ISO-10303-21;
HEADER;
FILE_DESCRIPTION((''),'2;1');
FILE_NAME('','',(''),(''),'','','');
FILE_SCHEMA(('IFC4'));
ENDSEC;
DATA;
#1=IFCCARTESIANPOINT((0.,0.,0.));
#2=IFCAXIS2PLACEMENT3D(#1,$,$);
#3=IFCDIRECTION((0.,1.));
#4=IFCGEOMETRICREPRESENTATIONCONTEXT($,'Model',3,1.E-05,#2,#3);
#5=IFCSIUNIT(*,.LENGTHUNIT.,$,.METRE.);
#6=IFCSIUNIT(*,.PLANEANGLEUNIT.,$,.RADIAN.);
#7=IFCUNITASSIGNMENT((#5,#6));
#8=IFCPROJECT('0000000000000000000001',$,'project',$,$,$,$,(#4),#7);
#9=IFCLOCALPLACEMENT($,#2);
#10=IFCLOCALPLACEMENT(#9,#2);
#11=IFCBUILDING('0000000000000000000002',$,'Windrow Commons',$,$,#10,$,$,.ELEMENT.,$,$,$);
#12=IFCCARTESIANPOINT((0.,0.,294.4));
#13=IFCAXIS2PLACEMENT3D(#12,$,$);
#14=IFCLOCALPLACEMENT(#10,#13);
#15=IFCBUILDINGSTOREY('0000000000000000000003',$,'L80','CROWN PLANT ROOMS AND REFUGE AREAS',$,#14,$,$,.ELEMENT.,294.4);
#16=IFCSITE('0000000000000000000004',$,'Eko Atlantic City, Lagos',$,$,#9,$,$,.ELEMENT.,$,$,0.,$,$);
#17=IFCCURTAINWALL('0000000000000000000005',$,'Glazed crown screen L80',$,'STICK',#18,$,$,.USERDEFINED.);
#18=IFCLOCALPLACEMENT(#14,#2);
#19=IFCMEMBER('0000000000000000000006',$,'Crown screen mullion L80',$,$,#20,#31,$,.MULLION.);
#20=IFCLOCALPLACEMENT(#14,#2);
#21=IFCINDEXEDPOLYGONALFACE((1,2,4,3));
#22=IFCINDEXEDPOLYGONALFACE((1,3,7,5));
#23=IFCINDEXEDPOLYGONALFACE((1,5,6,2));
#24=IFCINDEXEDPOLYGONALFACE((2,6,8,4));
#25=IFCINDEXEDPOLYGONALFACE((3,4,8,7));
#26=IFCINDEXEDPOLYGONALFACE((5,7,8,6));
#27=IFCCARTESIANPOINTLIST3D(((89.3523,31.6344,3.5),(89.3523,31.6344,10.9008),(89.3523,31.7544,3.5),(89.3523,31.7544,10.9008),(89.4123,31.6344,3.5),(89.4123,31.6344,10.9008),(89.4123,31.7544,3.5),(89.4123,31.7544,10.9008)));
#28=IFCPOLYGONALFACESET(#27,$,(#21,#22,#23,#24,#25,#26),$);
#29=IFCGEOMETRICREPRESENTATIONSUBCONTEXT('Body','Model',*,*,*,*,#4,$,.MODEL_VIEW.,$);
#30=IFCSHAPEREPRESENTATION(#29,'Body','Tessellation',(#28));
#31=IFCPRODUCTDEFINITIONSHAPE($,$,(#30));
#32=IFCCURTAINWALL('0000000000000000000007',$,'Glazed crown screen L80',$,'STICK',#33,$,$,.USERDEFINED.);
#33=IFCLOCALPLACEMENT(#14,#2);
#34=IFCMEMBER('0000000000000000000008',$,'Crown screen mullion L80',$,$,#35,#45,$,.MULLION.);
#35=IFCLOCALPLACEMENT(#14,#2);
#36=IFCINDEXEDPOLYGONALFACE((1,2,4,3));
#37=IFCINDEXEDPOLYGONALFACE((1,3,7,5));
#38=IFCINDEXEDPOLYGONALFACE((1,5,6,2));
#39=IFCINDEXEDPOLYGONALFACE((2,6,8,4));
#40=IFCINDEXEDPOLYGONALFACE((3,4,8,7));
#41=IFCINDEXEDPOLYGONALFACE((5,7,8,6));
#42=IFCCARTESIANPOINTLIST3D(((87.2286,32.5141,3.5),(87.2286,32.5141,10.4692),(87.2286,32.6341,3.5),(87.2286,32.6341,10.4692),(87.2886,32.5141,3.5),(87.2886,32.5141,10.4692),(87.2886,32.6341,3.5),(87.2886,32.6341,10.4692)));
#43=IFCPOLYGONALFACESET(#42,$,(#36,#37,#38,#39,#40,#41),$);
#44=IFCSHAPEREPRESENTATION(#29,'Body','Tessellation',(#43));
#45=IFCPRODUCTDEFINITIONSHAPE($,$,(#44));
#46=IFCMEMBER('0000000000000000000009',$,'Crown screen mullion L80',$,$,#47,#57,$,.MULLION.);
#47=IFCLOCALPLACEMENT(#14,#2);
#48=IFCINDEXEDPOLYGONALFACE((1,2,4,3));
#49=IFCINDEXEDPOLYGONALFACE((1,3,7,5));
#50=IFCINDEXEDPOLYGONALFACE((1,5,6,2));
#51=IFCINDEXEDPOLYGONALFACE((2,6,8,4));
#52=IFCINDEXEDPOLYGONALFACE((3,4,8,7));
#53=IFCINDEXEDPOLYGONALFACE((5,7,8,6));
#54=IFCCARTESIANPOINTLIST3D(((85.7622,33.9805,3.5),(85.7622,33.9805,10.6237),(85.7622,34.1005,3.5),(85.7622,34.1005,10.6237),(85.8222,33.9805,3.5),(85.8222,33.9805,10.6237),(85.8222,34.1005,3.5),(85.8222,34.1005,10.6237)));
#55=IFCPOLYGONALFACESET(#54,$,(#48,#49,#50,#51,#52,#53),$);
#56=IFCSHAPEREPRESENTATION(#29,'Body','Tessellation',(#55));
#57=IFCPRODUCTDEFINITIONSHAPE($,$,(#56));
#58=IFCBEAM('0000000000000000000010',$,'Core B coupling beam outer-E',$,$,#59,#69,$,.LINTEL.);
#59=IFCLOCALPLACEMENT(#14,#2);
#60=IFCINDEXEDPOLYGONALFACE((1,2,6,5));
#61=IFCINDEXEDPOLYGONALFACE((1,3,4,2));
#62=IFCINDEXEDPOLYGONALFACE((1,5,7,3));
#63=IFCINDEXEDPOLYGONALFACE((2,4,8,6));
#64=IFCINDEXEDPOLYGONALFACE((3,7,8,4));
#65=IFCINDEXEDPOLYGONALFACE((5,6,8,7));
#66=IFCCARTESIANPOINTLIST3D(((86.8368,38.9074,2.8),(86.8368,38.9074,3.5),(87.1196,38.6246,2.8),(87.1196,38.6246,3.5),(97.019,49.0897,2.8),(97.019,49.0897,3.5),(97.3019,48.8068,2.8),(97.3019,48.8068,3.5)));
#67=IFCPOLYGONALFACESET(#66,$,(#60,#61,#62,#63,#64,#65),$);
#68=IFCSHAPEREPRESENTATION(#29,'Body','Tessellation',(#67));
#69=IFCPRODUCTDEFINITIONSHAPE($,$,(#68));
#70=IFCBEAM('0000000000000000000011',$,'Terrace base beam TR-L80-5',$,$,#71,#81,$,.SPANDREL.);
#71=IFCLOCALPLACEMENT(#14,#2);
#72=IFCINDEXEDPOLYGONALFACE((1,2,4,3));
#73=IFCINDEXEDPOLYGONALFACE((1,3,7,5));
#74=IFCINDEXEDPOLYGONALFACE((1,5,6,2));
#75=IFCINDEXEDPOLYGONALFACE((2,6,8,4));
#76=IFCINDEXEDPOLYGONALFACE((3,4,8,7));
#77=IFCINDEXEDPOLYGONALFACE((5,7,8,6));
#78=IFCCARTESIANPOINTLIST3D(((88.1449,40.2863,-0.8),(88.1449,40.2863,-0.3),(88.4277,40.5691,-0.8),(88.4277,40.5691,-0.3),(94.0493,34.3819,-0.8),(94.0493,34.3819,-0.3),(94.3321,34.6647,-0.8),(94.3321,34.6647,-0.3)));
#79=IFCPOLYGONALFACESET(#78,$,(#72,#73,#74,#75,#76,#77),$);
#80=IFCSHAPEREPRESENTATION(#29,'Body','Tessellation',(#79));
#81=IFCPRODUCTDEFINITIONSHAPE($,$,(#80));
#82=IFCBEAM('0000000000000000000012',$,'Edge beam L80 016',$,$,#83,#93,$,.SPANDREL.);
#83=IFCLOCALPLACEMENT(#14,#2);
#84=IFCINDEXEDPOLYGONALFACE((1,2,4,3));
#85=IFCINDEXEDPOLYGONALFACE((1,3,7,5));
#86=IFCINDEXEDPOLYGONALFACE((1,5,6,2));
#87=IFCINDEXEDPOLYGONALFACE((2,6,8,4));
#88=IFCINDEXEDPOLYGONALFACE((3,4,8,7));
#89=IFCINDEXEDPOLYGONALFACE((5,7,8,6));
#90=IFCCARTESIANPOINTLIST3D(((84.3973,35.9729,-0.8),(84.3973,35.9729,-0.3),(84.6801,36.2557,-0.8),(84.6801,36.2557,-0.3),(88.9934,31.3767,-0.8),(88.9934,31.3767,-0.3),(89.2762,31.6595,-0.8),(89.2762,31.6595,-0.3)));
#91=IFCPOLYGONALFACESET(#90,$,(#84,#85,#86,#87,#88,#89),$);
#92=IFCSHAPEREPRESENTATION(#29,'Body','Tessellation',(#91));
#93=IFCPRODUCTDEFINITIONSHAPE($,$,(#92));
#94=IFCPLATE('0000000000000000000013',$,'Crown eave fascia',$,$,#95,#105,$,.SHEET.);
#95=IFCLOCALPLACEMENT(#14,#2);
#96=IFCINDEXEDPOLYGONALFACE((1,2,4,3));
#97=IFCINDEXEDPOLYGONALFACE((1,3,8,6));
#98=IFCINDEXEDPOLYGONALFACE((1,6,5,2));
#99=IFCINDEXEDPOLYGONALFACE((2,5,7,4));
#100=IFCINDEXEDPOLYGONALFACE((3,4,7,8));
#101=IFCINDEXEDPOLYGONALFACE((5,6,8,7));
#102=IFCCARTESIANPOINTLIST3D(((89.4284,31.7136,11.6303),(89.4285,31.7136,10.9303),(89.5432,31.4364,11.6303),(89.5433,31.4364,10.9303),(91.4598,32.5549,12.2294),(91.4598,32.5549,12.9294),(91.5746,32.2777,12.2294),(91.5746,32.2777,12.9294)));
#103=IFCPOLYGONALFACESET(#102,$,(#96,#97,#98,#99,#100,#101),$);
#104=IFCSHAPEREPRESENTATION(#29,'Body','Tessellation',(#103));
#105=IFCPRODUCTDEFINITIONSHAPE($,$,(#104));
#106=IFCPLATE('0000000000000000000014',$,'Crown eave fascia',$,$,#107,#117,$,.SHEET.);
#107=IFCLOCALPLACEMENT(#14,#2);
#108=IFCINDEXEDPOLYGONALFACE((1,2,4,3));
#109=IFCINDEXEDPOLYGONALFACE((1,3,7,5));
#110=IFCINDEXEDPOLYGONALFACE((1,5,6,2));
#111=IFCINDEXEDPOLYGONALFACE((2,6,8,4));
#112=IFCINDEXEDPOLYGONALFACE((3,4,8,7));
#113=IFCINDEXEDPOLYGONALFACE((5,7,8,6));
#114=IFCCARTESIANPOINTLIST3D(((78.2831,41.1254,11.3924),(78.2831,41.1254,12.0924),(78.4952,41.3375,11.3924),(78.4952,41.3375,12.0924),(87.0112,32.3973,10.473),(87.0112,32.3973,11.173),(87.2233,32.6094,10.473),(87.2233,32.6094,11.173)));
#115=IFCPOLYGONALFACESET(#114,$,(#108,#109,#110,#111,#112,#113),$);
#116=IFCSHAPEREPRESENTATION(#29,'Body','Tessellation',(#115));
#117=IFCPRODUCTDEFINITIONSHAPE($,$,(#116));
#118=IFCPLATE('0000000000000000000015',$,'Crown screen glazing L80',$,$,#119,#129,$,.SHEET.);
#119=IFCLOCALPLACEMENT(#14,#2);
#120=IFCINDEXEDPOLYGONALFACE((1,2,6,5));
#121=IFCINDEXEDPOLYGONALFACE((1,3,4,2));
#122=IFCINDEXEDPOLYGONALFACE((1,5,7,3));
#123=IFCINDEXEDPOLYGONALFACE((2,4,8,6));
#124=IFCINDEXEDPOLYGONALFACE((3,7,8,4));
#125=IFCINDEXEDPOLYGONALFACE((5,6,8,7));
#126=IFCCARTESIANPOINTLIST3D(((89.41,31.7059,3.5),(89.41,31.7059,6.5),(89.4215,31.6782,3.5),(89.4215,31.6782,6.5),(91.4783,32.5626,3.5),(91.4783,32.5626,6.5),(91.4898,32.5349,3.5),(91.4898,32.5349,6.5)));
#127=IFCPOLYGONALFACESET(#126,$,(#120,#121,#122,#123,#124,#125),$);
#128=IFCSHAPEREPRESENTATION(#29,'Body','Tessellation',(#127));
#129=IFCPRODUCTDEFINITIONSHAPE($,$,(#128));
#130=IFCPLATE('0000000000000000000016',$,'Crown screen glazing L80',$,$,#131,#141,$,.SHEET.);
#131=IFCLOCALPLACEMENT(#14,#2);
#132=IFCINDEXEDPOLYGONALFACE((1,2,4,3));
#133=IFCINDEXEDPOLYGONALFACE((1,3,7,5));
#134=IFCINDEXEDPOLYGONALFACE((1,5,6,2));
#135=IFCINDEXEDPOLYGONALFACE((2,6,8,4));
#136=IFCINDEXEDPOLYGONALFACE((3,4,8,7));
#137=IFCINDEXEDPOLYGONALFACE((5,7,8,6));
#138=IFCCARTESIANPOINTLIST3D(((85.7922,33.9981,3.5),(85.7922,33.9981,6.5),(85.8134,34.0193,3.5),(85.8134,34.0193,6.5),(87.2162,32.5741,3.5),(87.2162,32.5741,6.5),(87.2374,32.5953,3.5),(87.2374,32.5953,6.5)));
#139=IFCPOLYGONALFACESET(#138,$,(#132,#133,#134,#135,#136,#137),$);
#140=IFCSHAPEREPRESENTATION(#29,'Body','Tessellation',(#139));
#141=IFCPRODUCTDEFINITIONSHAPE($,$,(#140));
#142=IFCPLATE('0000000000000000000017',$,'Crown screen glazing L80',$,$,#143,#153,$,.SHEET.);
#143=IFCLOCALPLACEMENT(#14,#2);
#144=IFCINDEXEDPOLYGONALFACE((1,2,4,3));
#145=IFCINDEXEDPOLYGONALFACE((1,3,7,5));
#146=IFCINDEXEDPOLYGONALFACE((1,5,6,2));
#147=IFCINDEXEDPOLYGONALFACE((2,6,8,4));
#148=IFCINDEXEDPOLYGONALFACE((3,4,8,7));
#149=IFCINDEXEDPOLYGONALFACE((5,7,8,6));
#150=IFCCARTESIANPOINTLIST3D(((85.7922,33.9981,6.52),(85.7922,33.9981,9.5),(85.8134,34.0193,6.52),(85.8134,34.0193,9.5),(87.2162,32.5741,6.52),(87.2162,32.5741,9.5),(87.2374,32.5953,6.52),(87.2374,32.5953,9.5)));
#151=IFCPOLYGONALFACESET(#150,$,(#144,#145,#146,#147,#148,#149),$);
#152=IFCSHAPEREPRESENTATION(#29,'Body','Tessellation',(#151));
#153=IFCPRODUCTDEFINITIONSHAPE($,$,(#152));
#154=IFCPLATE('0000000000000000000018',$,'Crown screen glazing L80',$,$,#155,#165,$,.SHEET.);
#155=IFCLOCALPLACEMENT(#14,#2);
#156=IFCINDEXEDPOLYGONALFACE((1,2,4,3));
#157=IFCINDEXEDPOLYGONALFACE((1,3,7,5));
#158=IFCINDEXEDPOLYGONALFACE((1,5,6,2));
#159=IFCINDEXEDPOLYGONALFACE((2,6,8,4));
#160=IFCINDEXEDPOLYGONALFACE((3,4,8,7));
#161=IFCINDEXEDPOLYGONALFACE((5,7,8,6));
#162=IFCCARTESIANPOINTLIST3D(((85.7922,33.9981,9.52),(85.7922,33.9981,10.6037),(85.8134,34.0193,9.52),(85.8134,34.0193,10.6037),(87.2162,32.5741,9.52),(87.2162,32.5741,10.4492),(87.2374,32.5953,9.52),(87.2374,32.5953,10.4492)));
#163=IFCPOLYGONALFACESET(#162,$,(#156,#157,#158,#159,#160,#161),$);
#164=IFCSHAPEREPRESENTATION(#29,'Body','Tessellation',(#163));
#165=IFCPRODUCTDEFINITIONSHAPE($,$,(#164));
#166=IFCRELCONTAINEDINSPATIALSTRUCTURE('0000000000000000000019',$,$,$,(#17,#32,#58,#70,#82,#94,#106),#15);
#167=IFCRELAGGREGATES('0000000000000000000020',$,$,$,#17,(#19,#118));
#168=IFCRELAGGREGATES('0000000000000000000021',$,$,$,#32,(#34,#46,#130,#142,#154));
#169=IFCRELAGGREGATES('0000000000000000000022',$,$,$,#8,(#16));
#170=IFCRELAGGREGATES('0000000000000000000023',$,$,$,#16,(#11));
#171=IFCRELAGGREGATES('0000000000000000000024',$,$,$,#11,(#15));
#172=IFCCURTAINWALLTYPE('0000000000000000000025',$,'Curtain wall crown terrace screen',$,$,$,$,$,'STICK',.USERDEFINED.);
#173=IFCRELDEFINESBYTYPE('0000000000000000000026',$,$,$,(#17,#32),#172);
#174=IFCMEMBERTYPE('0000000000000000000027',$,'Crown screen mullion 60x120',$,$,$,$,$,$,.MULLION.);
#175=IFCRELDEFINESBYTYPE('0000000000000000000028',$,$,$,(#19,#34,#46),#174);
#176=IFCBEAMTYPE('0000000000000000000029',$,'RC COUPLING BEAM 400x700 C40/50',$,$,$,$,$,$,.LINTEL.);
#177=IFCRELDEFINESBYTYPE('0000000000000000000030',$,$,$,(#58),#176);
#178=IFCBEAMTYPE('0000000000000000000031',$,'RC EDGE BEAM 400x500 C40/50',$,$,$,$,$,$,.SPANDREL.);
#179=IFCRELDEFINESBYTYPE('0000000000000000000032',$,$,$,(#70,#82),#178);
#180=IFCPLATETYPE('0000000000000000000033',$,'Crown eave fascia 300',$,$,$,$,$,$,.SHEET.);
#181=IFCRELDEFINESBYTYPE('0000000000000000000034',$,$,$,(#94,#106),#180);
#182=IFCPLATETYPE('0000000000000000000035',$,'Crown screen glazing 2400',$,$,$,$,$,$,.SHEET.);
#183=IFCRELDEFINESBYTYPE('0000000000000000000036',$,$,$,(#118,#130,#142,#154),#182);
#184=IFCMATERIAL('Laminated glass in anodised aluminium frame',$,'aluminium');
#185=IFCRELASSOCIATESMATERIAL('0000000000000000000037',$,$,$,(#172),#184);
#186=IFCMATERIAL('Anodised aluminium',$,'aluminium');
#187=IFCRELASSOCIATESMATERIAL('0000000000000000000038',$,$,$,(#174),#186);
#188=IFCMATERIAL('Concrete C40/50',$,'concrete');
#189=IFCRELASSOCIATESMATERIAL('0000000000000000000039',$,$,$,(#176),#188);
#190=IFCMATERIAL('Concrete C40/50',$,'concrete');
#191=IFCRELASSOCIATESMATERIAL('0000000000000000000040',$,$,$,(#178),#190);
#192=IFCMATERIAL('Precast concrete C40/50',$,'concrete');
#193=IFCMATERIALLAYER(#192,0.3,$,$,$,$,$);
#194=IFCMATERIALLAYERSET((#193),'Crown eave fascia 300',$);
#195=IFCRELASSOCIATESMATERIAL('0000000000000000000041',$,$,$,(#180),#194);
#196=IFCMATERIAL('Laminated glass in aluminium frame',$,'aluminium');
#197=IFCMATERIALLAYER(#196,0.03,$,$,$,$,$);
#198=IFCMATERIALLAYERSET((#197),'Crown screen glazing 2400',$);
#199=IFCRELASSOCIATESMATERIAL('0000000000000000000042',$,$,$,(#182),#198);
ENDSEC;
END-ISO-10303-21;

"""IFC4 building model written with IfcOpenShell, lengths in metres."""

from ifc_helpers import new_model, si_unit, direction, frame, origin, origin_2d, place, context, subcontext, project, spatial, polyline, rectangle, outline, extrude, material, layer, layer_set, material_profile, profile_set, type_object, element, aggregate, save


model = new_model("IFC4")

# Units and contexts
model_context = context("Model", 3, precision=1e-05, world=origin(), true_north=direction((0.0, 1.0)))
body_context = subcontext(model_context, "Body", "Model", "MODEL_VIEW")
ifc_project = project(units=[si_unit("LENGTHUNIT", "METRE"), si_unit("PLANEANGLEUNIT", "RADIAN")], contexts=[model_context])

# Site, building, storey
site_placement = place(None, origin())
site = spatial("IfcSite", under=ifc_project, at=site_placement, Name="Eko Atlantic City, Lagos", CompositionType="ELEMENT", RefElevation=0.0)
building_placement = place(site_placement, origin())
building = spatial("IfcBuilding", under=site, at=building_placement, Name="Windrow Commons", CompositionType="ELEMENT")
storey_placement = place(building_placement, frame((0.0, 0.0, 294.4)))
storey = spatial("IfcBuildingStorey", under=building, at=storey_placement, Name="L80", Description="CROWN PLANT ROOMS AND REFUGE AREAS", CompositionType="ELEMENT", Elevation=294.4)

# Curtain wall, member
ifc_material_1 = material(Name="Laminated glass in anodised aluminium frame", Category="aluminium")
curtain_wall_type = type_object("IfcCurtainWallType", Name="Curtain wall crown terrace screen", ElementType="STICK", PredefinedType="USERDEFINED", material=ifc_material_1)
placement = place(storey_placement, origin())
curtain_wall_1 = element("IfcCurtainWall", 1, at=placement, inside=storey, type_object=curtain_wall_type, Name="Glazed crown screen L80", ObjectType="STICK", PredefinedType="USERDEFINED")
ifc_material_2 = material(Name="Anodised aluminium", Category="aluminium")
ifc_material_profile_1 = material_profile(ifc_material_2, rectangle(XDim=0.06, YDim=0.12, at=origin_2d()))
ifc_profile_set_1 = profile_set([ifc_material_profile_1], Name="Anodised aluminium")
member_type = type_object("IfcMemberType", Name="Crown screen mullion 60x120", PredefinedType="MULLION", material=ifc_profile_set_1)
member_1_placement = place(storey_placement, frame((89.3823, 31.6944, 3.5), z_axis=(0.0, 0.0, 1.0), x_axis=(1.0, 0.0, 0.0)))
member_1 = element("IfcMember", 2, at=member_1_placement, type_object=member_type, Name="Crown screen mullion L80", PredefinedType="MULLION", context=body_context, shape_type="SweptSolid", body=[
    extrude(rectangle(XDim=0.06, YDim=0.12, at=origin_2d()), origin(), (0.0, 0.0, 1.0), 7.4008),
])

# Curtain wall, members
curtain_wall_2 = element("IfcCurtainWall", 3, at=placement, inside=storey, type_object=curtain_wall_type, Name="Glazed crown screen L80", ObjectType="STICK", PredefinedType="USERDEFINED")
member_2_placement = place(storey_placement, frame((87.2586, 32.5741, 3.5), z_axis=(0.0, 0.0, 1.0), x_axis=(1.0, 0.0, 0.0)))
member_2 = element("IfcMember", 4, at=member_2_placement, type_object=member_type, Name="Crown screen mullion L80", PredefinedType="MULLION", context=body_context, shape_type="SweptSolid", body=[
    extrude(rectangle(XDim=0.06, YDim=0.12, at=origin_2d()), origin(), (0.0, 0.0, 1.0), 6.9692),
])
member_3_placement = place(storey_placement, frame((85.7922, 34.0405, 3.5), z_axis=(0.0, 0.0, 1.0), x_axis=(1.0, 0.0, 0.0)))
member_3 = element("IfcMember", 5, at=member_3_placement, type_object=member_type, Name="Crown screen mullion L80", PredefinedType="MULLION", context=body_context, shape_type="SweptSolid", body=[
    extrude(rectangle(XDim=0.06, YDim=0.12, at=origin_2d()), origin(), (0.0, 0.0, 1.0), 7.1237),
])

# Beams
ifc_material_3 = material(Name="Concrete C40/50", Category="concrete")
ifc_material_profile_2 = material_profile(ifc_material_3, rectangle(XDim=0.4, YDim=0.7, at=origin_2d()))
ifc_profile_set_2 = profile_set([ifc_material_profile_2], Name="Concrete C40/50")
beam_type_1 = type_object("IfcBeamType", Name="RC COUPLING BEAM 400x700 C40/50", PredefinedType="LINTEL", material=ifc_profile_set_2)
beam_1_placement = place(storey_placement, frame((86.9782, 38.766, 3.15), z_axis=(0.707107, 0.707107, 0.0), x_axis=(-0.707107, 0.707107, 0.0)))
element("IfcBeam", 6, at=beam_1_placement, inside=storey, type_object=beam_type_1, Name="Core B coupling beam outer-E", PredefinedType="LINTEL", context=body_context, shape_type="SweptSolid", body=[
    extrude(rectangle(XDim=0.4, YDim=0.7, at=origin_2d()), origin(), (0.0, 0.0, 1.0), 14.3999),
])
ifc_material_4 = material(Name="Concrete C40/50", Category="concrete")
ifc_material_profile_3 = material_profile(ifc_material_4, rectangle(XDim=0.4, YDim=0.5, at=origin_2d()))
ifc_profile_set_3 = profile_set([ifc_material_profile_3], Name="Concrete C40/50")
beam_type_2 = type_object("IfcBeamType", Name="RC EDGE BEAM 400x500 C40/50", PredefinedType="SPANDREL", material=ifc_profile_set_3)
beam_2_placement = place(storey_placement, frame((88.2863, 40.4277, -0.55), z_axis=(0.707107, -0.707107, 0.0), x_axis=(0.707107, 0.707107, 0.0)))
element("IfcBeam", 7, at=beam_2_placement, inside=storey, type_object=beam_type_2, Name="Terrace base beam TR-L80-5", PredefinedType="SPANDREL", context=body_context, shape_type="SweptSolid", body=[
    extrude(rectangle(XDim=0.4, YDim=0.5, at=origin_2d()), origin(), (0.0, 0.0, 1.0), 8.3501),
])
beam_3_placement = place(storey_placement, frame((89.1348, 31.5181, -0.55), z_axis=(-0.707099, 0.707114, 0.0), x_axis=(-0.707114, -0.707099, 0.0)))
element("IfcBeam", 8, at=beam_3_placement, inside=storey, type_object=beam_type_2, Name="Edge beam L80 016", PredefinedType="SPANDREL", context=body_context, shape_type="SweptSolid", body=[
    extrude(rectangle(XDim=0.4, YDim=0.5, at=origin_2d()), origin(), (0.0, 0.0, 1.0), 6.4999),
])

# Plates
ifc_material_5 = material(Name="Precast concrete C40/50", Category="concrete")
ifc_layer_1 = layer(ifc_material_5, 0.3)
ifc_layer_set_1 = layer_set([ifc_layer_1], Name="Crown eave fascia 300")
plate_type_1 = type_object("IfcPlateType", Name="Crown eave fascia 300", PredefinedType="SHEET", material=ifc_layer_set_1)
plate_1_placement = place(storey_placement, frame((91.4598, 32.5549, 12.2294), z_axis=(-0.382648, 0.923894, 0.0), x_axis=(-0.795419, -0.329437, -0.508703)))
element("IfcPlate", 9, at=plate_1_placement, inside=storey, type_object=plate_type_1, Name="Crown eave fascia", PredefinedType="SHEET", context=body_context, shape_type="SweptSolid", body=[
    extrude(outline(polyline([(0.0, 0.0), (2.5537, 0.0), (2.1977, 0.6027), (-0.3561, 0.6027), (0.0, 0.0)])), origin(), (0.0, 0.0, -1.0), 0.3),
])
plate_2_placement = place(storey_placement, frame((87.2233, 32.6094, 10.473), z_axis=(0.707107, 0.707107, 0.0), x_axis=(-0.705153, 0.705153, 0.074279)))
element("IfcPlate", 10, at=plate_2_placement, inside=storey, type_object=plate_type_1, Name="Crown eave fascia", PredefinedType="SHEET", context=body_context, shape_type="SweptSolid", body=[
    extrude(outline(polyline([(0.0, 0.0), (12.3776, 0.0), (12.4296, 0.6981), (0.052, 0.6981), (0.0, 0.0)])), origin(), (0.0, 0.0, -1.0), 0.3),
])

# Plates
ifc_material_6 = material(Name="Laminated glass in aluminium frame", Category="aluminium")
ifc_layer_2 = layer(ifc_material_6, 0.03)
ifc_layer_set_2 = layer_set([ifc_layer_2], Name="Crown screen glazing 2400")
plate_type_2 = type_object("IfcPlateType", Name="Crown screen glazing 2400", PredefinedType="SHEET", material=ifc_layer_set_2)
plate_3_placement = place(storey_placement, frame((91.4783, 32.5626, 3.5), z_axis=(-0.382677, 0.923882, 0.0), x_axis=(-0.923882, -0.382677, 0.0)))
plate_3 = element("IfcPlate", 11, at=plate_3_placement, type_object=plate_type_2, Name="Crown screen glazing L80", PredefinedType="SHEET", context=body_context, shape_type="SweptSolid", body=[
    extrude(outline(polyline([(0.0, 0.0), (2.2387, 0.0), (2.2387, 3.0), (0.0, 3.0), (0.0, 0.0)])), origin(), (0.0, 0.0, -1.0), 0.03),
])
aggregate(curtain_wall_1, [member_1, plate_3])
plate_4_placement = place(storey_placement, frame((87.2374, 32.5953, 3.5), z_axis=(0.707107, 0.707107, 0.0), x_axis=(-0.707107, 0.707107, 0.0)))
plate_4 = element("IfcPlate", 12, at=plate_4_placement, type_object=plate_type_2, Name="Crown screen glazing L80", PredefinedType="SHEET", context=body_context, shape_type="SweptSolid", body=[
    extrude(outline(polyline([(0.0, 0.0), (2.0138, 0.0), (2.0138, 3.0), (0.0, 3.0), (0.0, 0.0)])), origin(), (0.0, 0.0, -1.0), 0.03),
])
plate_5_placement = place(storey_placement, frame((87.2374, 32.5953, 6.52), z_axis=(0.707107, 0.707107, 0.0), x_axis=(-0.707107, 0.707107, 0.0)))
plate_5 = element("IfcPlate", 13, at=plate_5_placement, type_object=plate_type_2, Name="Crown screen glazing L80", PredefinedType="SHEET", context=body_context, shape_type="SweptSolid", body=[
    extrude(outline(polyline([(0.0, 0.0), (2.0138, 0.0), (2.0138, 2.98), (0.0, 2.98), (0.0, 0.0)])), origin(), (0.0, 0.0, -1.0), 0.03),
])
plate_6_placement = place(storey_placement, frame((87.2374, 32.5953, 9.52), z_axis=(0.707107, 0.707107, 0.0), x_axis=(-0.707107, 0.707107, 0.0)))
plate_6 = element("IfcPlate", 14, at=plate_6_placement, type_object=plate_type_2, Name="Crown screen glazing L80", PredefinedType="SHEET", context=body_context, shape_type="SweptSolid", body=[
    extrude(outline(polyline([(0.0, 0.0), (2.0138, 0.0), (2.0138, 1.0837), (0.0, 0.9292), (0.0, 0.0)])), origin(), (0.0, 0.0, -1.0), 0.03),
])
aggregate(curtain_wall_2, [member_2, member_3, plate_4, plate_5, plate_6])

save(model, "model.ifc")
